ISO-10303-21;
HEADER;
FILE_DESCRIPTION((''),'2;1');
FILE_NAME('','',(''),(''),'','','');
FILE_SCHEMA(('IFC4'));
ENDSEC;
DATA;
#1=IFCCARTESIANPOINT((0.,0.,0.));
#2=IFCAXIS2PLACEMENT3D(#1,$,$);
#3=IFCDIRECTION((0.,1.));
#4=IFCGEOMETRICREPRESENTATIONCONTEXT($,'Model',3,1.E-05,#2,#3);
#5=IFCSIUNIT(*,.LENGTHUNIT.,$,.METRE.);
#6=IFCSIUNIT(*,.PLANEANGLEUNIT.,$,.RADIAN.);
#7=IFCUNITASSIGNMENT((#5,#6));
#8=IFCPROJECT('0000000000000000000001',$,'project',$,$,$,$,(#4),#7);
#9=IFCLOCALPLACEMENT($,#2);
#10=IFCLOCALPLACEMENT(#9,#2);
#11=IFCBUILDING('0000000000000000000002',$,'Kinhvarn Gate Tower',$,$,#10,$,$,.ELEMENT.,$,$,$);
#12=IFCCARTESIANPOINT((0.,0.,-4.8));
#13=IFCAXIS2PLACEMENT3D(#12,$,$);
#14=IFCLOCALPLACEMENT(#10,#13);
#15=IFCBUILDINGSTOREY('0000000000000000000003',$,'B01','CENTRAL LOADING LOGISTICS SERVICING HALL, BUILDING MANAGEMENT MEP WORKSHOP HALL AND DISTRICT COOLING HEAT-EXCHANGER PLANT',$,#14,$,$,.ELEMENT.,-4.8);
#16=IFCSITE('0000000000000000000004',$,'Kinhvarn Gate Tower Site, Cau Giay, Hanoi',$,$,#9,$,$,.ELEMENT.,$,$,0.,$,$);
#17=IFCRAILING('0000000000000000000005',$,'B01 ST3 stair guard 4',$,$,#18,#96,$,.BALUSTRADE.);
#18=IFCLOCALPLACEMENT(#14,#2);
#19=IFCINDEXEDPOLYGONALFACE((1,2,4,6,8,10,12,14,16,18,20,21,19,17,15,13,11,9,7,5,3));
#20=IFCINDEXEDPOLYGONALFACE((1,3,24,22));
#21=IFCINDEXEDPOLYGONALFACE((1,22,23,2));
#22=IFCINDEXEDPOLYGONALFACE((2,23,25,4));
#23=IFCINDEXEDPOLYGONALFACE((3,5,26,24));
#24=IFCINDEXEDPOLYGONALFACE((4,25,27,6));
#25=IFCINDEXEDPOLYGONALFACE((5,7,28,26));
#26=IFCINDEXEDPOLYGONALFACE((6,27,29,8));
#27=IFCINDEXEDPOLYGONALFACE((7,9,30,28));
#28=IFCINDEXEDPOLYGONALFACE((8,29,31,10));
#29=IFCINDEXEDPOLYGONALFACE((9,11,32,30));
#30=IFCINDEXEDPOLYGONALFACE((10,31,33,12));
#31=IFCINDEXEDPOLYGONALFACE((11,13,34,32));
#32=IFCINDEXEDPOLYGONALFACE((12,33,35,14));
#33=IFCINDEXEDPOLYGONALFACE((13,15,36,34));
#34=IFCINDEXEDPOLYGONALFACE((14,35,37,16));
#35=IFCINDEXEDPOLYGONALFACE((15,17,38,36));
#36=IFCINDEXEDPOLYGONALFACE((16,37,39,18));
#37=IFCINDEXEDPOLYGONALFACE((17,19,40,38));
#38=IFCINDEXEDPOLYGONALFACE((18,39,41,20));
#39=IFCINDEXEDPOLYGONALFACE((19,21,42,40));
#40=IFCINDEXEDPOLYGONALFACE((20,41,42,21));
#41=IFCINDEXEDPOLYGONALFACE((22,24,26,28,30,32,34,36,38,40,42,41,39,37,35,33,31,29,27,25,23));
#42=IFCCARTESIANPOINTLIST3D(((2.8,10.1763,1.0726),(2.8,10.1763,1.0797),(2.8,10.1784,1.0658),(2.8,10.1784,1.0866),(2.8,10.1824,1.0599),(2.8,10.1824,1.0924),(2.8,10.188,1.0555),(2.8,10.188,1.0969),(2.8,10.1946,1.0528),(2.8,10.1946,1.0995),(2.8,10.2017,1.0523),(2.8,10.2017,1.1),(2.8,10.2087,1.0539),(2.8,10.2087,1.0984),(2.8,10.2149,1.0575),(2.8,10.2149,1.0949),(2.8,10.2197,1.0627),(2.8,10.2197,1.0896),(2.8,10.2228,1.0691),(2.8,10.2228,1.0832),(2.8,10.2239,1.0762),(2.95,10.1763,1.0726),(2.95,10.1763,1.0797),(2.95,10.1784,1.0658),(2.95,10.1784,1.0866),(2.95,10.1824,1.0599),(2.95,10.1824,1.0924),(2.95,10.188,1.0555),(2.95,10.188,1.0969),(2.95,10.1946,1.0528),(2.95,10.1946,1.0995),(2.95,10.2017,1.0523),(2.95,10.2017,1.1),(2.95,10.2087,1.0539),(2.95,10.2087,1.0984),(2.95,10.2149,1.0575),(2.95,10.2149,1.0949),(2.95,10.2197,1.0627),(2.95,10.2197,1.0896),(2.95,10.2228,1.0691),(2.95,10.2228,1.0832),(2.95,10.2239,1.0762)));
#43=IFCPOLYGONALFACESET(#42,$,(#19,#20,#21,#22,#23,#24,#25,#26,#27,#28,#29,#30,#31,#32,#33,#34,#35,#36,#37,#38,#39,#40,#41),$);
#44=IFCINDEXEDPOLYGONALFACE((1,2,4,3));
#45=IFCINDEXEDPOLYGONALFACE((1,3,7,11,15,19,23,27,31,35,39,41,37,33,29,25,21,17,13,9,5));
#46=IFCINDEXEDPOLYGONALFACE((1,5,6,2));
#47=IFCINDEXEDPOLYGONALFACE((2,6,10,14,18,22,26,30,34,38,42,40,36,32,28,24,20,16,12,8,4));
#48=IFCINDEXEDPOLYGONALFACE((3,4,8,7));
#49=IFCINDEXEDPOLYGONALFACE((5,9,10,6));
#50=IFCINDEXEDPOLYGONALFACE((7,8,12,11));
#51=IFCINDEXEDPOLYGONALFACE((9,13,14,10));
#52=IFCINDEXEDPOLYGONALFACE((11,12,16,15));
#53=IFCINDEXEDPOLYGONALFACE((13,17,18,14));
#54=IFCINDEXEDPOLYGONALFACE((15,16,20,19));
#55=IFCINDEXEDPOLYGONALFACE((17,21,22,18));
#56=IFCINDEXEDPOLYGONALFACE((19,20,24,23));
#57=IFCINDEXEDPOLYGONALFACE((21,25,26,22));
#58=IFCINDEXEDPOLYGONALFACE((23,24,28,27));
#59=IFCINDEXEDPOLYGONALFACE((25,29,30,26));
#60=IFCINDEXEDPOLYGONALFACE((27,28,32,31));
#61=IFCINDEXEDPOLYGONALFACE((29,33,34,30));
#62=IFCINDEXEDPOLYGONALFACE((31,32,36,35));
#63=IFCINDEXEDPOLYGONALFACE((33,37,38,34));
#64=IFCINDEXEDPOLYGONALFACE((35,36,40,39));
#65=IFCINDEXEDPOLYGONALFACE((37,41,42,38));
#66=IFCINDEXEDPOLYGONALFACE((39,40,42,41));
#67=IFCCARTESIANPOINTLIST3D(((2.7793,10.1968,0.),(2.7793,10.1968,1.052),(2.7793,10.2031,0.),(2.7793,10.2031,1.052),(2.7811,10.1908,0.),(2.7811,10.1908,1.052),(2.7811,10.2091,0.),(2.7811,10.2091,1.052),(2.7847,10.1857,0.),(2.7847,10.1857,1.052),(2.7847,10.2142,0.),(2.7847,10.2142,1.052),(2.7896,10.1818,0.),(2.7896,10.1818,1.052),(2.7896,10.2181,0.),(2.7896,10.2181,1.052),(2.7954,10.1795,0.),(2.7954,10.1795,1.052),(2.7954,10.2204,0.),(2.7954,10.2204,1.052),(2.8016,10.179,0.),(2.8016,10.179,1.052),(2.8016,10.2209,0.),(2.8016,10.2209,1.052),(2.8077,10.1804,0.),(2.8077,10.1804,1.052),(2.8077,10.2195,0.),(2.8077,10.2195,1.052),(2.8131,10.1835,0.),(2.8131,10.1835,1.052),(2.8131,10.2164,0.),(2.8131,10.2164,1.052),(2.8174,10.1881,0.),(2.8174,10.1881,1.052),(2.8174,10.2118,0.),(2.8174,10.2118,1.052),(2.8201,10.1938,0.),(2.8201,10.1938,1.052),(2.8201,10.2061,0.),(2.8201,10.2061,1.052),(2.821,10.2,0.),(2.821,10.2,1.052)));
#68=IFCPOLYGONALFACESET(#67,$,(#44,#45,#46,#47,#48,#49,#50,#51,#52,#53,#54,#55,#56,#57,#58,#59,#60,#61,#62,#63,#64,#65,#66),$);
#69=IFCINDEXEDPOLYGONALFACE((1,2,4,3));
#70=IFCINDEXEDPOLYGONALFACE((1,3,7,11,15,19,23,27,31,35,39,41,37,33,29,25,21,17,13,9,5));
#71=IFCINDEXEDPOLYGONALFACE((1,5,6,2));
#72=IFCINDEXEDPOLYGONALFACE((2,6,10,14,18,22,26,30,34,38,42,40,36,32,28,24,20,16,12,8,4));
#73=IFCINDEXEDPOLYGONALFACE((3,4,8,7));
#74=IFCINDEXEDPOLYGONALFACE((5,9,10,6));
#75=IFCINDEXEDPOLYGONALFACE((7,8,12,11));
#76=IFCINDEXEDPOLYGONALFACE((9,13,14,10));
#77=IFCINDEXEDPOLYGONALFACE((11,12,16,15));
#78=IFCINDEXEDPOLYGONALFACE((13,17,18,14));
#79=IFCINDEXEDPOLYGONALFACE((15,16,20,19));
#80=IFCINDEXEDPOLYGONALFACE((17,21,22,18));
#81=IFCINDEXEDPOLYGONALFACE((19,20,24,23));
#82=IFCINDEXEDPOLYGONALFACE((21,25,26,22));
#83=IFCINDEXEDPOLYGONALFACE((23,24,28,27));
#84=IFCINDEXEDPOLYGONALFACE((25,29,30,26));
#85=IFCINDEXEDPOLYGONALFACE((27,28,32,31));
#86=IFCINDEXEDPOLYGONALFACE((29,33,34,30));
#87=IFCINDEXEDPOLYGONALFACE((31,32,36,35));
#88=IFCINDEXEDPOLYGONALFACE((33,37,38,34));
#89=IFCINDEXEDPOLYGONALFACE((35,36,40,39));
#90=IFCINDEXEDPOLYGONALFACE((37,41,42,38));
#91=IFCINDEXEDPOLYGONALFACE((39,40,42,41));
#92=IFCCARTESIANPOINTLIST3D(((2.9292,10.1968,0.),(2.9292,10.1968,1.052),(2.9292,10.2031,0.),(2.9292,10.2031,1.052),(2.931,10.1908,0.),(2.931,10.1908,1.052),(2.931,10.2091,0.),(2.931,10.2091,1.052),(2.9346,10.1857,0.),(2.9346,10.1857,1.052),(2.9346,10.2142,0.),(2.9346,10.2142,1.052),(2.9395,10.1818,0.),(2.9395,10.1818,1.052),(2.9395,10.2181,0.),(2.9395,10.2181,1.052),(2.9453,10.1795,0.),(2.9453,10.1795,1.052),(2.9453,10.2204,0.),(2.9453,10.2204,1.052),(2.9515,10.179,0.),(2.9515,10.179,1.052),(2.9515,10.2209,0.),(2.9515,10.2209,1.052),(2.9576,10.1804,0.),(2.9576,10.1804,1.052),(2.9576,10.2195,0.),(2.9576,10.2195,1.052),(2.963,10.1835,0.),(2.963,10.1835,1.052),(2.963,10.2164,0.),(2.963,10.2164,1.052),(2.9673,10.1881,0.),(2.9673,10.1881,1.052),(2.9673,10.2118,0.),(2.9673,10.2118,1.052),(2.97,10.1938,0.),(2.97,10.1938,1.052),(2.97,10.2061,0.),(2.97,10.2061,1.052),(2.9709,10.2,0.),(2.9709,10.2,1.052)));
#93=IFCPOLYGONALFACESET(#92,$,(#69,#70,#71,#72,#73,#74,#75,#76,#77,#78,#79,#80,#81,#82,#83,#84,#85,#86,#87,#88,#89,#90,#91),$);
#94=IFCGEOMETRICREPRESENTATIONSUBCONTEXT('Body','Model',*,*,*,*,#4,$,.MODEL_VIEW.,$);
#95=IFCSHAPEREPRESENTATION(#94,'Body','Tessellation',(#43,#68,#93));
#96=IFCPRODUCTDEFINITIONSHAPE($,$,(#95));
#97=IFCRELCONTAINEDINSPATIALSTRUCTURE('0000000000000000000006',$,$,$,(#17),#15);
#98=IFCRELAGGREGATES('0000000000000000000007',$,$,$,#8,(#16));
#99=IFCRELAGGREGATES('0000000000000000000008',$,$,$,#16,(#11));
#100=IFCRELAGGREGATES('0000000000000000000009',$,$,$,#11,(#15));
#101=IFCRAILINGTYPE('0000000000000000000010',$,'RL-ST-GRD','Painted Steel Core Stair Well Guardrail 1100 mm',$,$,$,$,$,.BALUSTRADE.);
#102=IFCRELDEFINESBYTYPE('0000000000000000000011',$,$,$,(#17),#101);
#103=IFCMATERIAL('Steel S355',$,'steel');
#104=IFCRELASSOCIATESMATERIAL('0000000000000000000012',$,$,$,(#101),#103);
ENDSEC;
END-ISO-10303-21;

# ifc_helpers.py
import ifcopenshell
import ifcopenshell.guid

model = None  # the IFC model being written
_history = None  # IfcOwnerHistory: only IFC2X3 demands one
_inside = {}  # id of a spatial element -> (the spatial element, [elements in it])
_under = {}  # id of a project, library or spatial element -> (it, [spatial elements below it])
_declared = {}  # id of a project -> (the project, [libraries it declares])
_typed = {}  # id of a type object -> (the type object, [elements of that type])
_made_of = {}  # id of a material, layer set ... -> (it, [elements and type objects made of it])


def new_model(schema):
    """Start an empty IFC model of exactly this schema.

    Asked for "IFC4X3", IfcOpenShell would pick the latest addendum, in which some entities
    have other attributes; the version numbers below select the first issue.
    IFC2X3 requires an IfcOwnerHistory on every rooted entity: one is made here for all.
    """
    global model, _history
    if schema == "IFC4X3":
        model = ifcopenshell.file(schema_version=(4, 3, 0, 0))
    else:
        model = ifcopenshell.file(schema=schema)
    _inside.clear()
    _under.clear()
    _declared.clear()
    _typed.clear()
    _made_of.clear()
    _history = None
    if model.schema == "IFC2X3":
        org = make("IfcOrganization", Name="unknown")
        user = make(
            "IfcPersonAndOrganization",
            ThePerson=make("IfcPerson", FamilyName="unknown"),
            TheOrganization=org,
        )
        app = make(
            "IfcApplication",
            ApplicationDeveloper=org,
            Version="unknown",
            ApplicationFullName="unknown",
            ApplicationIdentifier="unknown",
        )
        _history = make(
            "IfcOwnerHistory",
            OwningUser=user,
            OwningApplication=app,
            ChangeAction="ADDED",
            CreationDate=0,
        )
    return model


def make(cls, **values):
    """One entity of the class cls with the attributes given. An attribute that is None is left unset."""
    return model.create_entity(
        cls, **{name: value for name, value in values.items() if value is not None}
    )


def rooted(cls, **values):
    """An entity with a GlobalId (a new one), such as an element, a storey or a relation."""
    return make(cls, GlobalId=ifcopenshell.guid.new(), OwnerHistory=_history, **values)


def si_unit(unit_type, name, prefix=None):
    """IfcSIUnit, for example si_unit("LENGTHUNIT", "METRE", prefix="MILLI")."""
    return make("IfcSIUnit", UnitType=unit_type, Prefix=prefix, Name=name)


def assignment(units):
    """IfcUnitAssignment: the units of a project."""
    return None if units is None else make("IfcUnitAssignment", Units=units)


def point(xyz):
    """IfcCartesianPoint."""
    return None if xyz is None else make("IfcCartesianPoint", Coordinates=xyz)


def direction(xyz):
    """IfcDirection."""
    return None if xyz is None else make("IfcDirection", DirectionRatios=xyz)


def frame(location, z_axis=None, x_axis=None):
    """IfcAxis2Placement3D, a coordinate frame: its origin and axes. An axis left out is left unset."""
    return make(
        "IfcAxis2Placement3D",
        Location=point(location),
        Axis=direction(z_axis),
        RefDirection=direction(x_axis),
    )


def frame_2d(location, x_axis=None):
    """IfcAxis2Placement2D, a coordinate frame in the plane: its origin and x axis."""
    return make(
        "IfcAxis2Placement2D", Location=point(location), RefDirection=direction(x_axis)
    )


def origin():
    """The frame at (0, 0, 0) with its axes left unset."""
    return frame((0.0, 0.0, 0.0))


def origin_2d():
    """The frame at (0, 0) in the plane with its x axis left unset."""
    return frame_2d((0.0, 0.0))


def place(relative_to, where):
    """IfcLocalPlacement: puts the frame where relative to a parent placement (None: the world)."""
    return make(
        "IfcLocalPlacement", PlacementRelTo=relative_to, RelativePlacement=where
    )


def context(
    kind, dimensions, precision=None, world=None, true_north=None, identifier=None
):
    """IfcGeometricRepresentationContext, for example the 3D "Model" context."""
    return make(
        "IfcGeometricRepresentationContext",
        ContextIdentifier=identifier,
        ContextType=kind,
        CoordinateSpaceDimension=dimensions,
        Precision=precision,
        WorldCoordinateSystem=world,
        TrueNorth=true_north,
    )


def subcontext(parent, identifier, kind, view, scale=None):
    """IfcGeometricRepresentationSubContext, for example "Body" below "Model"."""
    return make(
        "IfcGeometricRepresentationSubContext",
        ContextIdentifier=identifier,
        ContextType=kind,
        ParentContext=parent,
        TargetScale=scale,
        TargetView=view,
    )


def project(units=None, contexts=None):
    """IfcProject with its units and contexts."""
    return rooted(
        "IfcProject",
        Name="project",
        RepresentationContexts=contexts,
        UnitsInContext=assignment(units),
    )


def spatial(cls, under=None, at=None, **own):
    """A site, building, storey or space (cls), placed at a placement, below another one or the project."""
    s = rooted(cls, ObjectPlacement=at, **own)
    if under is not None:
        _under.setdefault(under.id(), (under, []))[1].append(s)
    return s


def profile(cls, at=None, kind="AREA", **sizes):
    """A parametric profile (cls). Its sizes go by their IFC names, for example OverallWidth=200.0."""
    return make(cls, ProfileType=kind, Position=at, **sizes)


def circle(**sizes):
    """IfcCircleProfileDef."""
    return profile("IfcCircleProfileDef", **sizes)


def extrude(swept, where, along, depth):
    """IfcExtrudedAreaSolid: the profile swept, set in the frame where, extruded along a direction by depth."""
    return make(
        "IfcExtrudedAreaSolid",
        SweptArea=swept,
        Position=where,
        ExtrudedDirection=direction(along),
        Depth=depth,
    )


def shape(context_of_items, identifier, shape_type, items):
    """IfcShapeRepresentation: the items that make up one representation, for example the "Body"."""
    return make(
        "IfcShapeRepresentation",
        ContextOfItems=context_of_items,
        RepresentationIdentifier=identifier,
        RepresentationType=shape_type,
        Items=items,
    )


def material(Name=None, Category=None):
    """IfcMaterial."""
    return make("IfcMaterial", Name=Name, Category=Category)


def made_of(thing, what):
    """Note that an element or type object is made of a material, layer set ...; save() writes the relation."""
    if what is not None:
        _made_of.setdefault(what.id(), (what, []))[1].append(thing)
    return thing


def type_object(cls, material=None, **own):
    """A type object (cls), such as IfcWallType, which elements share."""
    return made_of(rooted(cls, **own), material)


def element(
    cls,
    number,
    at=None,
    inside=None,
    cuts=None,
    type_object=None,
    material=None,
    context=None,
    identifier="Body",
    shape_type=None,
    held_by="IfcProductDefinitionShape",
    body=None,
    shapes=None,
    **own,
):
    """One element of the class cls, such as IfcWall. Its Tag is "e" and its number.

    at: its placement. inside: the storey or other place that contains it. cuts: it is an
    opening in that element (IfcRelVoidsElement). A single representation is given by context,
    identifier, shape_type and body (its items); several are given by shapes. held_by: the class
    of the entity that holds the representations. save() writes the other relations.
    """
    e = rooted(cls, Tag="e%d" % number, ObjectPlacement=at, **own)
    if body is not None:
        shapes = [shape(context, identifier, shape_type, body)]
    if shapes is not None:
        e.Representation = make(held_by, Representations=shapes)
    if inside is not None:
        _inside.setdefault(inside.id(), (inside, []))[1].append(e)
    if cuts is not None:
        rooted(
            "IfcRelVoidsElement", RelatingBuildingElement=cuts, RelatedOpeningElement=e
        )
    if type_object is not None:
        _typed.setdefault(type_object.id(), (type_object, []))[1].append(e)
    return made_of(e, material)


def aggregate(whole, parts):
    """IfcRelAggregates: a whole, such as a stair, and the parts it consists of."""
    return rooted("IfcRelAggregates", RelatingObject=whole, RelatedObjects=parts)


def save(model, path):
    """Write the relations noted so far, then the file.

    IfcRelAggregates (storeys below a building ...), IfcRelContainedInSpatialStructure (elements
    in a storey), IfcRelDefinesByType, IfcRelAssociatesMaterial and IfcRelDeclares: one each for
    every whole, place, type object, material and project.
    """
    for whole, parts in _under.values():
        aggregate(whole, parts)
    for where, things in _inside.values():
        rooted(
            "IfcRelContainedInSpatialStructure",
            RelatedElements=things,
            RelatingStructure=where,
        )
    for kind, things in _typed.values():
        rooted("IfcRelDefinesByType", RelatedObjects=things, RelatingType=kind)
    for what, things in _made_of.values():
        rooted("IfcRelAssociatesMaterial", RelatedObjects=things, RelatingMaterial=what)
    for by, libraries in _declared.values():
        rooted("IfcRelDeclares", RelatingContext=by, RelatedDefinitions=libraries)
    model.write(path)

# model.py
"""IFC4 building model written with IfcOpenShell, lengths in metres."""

from ifc_helpers import new_model, si_unit, direction, frame, origin, origin_2d, place, context, subcontext, project, spatial, circle, extrude, material, type_object, element, save


model = new_model("IFC4")

# Units and contexts
model_context = context("Model", 3, precision=1e-05, world=origin(), true_north=direction((0.0, 1.0)))
body_context = subcontext(model_context, "Body", "Model", "MODEL_VIEW")
ifc_project = project(units=[si_unit("LENGTHUNIT", "METRE"), si_unit("PLANEANGLEUNIT", "RADIAN")], contexts=[model_context])

# Site, building, storey
site_placement = place(None, origin())
site = spatial("IfcSite", under=ifc_project, at=site_placement, Name="Kinhvarn Gate Tower Site, Cau Giay, Hanoi", CompositionType="ELEMENT", RefElevation=0.0)
building_placement = place(site_placement, origin())
building = spatial("IfcBuilding", under=site, at=building_placement, Name="Kinhvarn Gate Tower", CompositionType="ELEMENT")
storey_placement = place(building_placement, frame((0.0, 0.0, -4.8)))
storey = spatial("IfcBuildingStorey", under=building, at=storey_placement, Name="B01", Description="CENTRAL LOADING LOGISTICS SERVICING HALL, BUILDING MANAGEMENT MEP WORKSHOP HALL AND DISTRICT COOLING HEAT-EXCHANGER PLANT", CompositionType="ELEMENT", Elevation=-4.8)

# Shared definitions
ifc_material_1 = material(Name="Steel S355", Category="steel")

# Railing
railing_type_1 = type_object("IfcRailingType", Name="RL-ST-GRD", Description="Painted Steel Core Stair Well Guardrail 1100 mm", PredefinedType="BALUSTRADE", material=ifc_material_1)
railing_1_placement = place(storey_placement, frame((2.8, 10.2, 0.0)))
element("IfcRailing", 1, at=railing_1_placement, inside=storey, type_object=railing_type_1, Name="B01 ST3 stair guard 4", PredefinedType="BALUSTRADE", context=body_context, shape_type="SweptSolid", body=[
    extrude(circle(Radius=0.0239, at=origin_2d()), frame((0.0, 0.0, 1.0762), z_axis=(1.0, 0.0, 0.0), x_axis=(0.0, 1.0, 0.0)), (0.0, 0.0, 1.0), 0.1499),
    extrude(circle(Radius=0.021, at=origin_2d()), origin(), (0.0, 0.0, 1.0), 1.052),
    extrude(circle(Radius=0.021, at=origin_2d()), frame((0.1499, 0.0, 0.0)), (0.0, 0.0, 1.0), 1.052),
])

save(model, "model.ifc")
